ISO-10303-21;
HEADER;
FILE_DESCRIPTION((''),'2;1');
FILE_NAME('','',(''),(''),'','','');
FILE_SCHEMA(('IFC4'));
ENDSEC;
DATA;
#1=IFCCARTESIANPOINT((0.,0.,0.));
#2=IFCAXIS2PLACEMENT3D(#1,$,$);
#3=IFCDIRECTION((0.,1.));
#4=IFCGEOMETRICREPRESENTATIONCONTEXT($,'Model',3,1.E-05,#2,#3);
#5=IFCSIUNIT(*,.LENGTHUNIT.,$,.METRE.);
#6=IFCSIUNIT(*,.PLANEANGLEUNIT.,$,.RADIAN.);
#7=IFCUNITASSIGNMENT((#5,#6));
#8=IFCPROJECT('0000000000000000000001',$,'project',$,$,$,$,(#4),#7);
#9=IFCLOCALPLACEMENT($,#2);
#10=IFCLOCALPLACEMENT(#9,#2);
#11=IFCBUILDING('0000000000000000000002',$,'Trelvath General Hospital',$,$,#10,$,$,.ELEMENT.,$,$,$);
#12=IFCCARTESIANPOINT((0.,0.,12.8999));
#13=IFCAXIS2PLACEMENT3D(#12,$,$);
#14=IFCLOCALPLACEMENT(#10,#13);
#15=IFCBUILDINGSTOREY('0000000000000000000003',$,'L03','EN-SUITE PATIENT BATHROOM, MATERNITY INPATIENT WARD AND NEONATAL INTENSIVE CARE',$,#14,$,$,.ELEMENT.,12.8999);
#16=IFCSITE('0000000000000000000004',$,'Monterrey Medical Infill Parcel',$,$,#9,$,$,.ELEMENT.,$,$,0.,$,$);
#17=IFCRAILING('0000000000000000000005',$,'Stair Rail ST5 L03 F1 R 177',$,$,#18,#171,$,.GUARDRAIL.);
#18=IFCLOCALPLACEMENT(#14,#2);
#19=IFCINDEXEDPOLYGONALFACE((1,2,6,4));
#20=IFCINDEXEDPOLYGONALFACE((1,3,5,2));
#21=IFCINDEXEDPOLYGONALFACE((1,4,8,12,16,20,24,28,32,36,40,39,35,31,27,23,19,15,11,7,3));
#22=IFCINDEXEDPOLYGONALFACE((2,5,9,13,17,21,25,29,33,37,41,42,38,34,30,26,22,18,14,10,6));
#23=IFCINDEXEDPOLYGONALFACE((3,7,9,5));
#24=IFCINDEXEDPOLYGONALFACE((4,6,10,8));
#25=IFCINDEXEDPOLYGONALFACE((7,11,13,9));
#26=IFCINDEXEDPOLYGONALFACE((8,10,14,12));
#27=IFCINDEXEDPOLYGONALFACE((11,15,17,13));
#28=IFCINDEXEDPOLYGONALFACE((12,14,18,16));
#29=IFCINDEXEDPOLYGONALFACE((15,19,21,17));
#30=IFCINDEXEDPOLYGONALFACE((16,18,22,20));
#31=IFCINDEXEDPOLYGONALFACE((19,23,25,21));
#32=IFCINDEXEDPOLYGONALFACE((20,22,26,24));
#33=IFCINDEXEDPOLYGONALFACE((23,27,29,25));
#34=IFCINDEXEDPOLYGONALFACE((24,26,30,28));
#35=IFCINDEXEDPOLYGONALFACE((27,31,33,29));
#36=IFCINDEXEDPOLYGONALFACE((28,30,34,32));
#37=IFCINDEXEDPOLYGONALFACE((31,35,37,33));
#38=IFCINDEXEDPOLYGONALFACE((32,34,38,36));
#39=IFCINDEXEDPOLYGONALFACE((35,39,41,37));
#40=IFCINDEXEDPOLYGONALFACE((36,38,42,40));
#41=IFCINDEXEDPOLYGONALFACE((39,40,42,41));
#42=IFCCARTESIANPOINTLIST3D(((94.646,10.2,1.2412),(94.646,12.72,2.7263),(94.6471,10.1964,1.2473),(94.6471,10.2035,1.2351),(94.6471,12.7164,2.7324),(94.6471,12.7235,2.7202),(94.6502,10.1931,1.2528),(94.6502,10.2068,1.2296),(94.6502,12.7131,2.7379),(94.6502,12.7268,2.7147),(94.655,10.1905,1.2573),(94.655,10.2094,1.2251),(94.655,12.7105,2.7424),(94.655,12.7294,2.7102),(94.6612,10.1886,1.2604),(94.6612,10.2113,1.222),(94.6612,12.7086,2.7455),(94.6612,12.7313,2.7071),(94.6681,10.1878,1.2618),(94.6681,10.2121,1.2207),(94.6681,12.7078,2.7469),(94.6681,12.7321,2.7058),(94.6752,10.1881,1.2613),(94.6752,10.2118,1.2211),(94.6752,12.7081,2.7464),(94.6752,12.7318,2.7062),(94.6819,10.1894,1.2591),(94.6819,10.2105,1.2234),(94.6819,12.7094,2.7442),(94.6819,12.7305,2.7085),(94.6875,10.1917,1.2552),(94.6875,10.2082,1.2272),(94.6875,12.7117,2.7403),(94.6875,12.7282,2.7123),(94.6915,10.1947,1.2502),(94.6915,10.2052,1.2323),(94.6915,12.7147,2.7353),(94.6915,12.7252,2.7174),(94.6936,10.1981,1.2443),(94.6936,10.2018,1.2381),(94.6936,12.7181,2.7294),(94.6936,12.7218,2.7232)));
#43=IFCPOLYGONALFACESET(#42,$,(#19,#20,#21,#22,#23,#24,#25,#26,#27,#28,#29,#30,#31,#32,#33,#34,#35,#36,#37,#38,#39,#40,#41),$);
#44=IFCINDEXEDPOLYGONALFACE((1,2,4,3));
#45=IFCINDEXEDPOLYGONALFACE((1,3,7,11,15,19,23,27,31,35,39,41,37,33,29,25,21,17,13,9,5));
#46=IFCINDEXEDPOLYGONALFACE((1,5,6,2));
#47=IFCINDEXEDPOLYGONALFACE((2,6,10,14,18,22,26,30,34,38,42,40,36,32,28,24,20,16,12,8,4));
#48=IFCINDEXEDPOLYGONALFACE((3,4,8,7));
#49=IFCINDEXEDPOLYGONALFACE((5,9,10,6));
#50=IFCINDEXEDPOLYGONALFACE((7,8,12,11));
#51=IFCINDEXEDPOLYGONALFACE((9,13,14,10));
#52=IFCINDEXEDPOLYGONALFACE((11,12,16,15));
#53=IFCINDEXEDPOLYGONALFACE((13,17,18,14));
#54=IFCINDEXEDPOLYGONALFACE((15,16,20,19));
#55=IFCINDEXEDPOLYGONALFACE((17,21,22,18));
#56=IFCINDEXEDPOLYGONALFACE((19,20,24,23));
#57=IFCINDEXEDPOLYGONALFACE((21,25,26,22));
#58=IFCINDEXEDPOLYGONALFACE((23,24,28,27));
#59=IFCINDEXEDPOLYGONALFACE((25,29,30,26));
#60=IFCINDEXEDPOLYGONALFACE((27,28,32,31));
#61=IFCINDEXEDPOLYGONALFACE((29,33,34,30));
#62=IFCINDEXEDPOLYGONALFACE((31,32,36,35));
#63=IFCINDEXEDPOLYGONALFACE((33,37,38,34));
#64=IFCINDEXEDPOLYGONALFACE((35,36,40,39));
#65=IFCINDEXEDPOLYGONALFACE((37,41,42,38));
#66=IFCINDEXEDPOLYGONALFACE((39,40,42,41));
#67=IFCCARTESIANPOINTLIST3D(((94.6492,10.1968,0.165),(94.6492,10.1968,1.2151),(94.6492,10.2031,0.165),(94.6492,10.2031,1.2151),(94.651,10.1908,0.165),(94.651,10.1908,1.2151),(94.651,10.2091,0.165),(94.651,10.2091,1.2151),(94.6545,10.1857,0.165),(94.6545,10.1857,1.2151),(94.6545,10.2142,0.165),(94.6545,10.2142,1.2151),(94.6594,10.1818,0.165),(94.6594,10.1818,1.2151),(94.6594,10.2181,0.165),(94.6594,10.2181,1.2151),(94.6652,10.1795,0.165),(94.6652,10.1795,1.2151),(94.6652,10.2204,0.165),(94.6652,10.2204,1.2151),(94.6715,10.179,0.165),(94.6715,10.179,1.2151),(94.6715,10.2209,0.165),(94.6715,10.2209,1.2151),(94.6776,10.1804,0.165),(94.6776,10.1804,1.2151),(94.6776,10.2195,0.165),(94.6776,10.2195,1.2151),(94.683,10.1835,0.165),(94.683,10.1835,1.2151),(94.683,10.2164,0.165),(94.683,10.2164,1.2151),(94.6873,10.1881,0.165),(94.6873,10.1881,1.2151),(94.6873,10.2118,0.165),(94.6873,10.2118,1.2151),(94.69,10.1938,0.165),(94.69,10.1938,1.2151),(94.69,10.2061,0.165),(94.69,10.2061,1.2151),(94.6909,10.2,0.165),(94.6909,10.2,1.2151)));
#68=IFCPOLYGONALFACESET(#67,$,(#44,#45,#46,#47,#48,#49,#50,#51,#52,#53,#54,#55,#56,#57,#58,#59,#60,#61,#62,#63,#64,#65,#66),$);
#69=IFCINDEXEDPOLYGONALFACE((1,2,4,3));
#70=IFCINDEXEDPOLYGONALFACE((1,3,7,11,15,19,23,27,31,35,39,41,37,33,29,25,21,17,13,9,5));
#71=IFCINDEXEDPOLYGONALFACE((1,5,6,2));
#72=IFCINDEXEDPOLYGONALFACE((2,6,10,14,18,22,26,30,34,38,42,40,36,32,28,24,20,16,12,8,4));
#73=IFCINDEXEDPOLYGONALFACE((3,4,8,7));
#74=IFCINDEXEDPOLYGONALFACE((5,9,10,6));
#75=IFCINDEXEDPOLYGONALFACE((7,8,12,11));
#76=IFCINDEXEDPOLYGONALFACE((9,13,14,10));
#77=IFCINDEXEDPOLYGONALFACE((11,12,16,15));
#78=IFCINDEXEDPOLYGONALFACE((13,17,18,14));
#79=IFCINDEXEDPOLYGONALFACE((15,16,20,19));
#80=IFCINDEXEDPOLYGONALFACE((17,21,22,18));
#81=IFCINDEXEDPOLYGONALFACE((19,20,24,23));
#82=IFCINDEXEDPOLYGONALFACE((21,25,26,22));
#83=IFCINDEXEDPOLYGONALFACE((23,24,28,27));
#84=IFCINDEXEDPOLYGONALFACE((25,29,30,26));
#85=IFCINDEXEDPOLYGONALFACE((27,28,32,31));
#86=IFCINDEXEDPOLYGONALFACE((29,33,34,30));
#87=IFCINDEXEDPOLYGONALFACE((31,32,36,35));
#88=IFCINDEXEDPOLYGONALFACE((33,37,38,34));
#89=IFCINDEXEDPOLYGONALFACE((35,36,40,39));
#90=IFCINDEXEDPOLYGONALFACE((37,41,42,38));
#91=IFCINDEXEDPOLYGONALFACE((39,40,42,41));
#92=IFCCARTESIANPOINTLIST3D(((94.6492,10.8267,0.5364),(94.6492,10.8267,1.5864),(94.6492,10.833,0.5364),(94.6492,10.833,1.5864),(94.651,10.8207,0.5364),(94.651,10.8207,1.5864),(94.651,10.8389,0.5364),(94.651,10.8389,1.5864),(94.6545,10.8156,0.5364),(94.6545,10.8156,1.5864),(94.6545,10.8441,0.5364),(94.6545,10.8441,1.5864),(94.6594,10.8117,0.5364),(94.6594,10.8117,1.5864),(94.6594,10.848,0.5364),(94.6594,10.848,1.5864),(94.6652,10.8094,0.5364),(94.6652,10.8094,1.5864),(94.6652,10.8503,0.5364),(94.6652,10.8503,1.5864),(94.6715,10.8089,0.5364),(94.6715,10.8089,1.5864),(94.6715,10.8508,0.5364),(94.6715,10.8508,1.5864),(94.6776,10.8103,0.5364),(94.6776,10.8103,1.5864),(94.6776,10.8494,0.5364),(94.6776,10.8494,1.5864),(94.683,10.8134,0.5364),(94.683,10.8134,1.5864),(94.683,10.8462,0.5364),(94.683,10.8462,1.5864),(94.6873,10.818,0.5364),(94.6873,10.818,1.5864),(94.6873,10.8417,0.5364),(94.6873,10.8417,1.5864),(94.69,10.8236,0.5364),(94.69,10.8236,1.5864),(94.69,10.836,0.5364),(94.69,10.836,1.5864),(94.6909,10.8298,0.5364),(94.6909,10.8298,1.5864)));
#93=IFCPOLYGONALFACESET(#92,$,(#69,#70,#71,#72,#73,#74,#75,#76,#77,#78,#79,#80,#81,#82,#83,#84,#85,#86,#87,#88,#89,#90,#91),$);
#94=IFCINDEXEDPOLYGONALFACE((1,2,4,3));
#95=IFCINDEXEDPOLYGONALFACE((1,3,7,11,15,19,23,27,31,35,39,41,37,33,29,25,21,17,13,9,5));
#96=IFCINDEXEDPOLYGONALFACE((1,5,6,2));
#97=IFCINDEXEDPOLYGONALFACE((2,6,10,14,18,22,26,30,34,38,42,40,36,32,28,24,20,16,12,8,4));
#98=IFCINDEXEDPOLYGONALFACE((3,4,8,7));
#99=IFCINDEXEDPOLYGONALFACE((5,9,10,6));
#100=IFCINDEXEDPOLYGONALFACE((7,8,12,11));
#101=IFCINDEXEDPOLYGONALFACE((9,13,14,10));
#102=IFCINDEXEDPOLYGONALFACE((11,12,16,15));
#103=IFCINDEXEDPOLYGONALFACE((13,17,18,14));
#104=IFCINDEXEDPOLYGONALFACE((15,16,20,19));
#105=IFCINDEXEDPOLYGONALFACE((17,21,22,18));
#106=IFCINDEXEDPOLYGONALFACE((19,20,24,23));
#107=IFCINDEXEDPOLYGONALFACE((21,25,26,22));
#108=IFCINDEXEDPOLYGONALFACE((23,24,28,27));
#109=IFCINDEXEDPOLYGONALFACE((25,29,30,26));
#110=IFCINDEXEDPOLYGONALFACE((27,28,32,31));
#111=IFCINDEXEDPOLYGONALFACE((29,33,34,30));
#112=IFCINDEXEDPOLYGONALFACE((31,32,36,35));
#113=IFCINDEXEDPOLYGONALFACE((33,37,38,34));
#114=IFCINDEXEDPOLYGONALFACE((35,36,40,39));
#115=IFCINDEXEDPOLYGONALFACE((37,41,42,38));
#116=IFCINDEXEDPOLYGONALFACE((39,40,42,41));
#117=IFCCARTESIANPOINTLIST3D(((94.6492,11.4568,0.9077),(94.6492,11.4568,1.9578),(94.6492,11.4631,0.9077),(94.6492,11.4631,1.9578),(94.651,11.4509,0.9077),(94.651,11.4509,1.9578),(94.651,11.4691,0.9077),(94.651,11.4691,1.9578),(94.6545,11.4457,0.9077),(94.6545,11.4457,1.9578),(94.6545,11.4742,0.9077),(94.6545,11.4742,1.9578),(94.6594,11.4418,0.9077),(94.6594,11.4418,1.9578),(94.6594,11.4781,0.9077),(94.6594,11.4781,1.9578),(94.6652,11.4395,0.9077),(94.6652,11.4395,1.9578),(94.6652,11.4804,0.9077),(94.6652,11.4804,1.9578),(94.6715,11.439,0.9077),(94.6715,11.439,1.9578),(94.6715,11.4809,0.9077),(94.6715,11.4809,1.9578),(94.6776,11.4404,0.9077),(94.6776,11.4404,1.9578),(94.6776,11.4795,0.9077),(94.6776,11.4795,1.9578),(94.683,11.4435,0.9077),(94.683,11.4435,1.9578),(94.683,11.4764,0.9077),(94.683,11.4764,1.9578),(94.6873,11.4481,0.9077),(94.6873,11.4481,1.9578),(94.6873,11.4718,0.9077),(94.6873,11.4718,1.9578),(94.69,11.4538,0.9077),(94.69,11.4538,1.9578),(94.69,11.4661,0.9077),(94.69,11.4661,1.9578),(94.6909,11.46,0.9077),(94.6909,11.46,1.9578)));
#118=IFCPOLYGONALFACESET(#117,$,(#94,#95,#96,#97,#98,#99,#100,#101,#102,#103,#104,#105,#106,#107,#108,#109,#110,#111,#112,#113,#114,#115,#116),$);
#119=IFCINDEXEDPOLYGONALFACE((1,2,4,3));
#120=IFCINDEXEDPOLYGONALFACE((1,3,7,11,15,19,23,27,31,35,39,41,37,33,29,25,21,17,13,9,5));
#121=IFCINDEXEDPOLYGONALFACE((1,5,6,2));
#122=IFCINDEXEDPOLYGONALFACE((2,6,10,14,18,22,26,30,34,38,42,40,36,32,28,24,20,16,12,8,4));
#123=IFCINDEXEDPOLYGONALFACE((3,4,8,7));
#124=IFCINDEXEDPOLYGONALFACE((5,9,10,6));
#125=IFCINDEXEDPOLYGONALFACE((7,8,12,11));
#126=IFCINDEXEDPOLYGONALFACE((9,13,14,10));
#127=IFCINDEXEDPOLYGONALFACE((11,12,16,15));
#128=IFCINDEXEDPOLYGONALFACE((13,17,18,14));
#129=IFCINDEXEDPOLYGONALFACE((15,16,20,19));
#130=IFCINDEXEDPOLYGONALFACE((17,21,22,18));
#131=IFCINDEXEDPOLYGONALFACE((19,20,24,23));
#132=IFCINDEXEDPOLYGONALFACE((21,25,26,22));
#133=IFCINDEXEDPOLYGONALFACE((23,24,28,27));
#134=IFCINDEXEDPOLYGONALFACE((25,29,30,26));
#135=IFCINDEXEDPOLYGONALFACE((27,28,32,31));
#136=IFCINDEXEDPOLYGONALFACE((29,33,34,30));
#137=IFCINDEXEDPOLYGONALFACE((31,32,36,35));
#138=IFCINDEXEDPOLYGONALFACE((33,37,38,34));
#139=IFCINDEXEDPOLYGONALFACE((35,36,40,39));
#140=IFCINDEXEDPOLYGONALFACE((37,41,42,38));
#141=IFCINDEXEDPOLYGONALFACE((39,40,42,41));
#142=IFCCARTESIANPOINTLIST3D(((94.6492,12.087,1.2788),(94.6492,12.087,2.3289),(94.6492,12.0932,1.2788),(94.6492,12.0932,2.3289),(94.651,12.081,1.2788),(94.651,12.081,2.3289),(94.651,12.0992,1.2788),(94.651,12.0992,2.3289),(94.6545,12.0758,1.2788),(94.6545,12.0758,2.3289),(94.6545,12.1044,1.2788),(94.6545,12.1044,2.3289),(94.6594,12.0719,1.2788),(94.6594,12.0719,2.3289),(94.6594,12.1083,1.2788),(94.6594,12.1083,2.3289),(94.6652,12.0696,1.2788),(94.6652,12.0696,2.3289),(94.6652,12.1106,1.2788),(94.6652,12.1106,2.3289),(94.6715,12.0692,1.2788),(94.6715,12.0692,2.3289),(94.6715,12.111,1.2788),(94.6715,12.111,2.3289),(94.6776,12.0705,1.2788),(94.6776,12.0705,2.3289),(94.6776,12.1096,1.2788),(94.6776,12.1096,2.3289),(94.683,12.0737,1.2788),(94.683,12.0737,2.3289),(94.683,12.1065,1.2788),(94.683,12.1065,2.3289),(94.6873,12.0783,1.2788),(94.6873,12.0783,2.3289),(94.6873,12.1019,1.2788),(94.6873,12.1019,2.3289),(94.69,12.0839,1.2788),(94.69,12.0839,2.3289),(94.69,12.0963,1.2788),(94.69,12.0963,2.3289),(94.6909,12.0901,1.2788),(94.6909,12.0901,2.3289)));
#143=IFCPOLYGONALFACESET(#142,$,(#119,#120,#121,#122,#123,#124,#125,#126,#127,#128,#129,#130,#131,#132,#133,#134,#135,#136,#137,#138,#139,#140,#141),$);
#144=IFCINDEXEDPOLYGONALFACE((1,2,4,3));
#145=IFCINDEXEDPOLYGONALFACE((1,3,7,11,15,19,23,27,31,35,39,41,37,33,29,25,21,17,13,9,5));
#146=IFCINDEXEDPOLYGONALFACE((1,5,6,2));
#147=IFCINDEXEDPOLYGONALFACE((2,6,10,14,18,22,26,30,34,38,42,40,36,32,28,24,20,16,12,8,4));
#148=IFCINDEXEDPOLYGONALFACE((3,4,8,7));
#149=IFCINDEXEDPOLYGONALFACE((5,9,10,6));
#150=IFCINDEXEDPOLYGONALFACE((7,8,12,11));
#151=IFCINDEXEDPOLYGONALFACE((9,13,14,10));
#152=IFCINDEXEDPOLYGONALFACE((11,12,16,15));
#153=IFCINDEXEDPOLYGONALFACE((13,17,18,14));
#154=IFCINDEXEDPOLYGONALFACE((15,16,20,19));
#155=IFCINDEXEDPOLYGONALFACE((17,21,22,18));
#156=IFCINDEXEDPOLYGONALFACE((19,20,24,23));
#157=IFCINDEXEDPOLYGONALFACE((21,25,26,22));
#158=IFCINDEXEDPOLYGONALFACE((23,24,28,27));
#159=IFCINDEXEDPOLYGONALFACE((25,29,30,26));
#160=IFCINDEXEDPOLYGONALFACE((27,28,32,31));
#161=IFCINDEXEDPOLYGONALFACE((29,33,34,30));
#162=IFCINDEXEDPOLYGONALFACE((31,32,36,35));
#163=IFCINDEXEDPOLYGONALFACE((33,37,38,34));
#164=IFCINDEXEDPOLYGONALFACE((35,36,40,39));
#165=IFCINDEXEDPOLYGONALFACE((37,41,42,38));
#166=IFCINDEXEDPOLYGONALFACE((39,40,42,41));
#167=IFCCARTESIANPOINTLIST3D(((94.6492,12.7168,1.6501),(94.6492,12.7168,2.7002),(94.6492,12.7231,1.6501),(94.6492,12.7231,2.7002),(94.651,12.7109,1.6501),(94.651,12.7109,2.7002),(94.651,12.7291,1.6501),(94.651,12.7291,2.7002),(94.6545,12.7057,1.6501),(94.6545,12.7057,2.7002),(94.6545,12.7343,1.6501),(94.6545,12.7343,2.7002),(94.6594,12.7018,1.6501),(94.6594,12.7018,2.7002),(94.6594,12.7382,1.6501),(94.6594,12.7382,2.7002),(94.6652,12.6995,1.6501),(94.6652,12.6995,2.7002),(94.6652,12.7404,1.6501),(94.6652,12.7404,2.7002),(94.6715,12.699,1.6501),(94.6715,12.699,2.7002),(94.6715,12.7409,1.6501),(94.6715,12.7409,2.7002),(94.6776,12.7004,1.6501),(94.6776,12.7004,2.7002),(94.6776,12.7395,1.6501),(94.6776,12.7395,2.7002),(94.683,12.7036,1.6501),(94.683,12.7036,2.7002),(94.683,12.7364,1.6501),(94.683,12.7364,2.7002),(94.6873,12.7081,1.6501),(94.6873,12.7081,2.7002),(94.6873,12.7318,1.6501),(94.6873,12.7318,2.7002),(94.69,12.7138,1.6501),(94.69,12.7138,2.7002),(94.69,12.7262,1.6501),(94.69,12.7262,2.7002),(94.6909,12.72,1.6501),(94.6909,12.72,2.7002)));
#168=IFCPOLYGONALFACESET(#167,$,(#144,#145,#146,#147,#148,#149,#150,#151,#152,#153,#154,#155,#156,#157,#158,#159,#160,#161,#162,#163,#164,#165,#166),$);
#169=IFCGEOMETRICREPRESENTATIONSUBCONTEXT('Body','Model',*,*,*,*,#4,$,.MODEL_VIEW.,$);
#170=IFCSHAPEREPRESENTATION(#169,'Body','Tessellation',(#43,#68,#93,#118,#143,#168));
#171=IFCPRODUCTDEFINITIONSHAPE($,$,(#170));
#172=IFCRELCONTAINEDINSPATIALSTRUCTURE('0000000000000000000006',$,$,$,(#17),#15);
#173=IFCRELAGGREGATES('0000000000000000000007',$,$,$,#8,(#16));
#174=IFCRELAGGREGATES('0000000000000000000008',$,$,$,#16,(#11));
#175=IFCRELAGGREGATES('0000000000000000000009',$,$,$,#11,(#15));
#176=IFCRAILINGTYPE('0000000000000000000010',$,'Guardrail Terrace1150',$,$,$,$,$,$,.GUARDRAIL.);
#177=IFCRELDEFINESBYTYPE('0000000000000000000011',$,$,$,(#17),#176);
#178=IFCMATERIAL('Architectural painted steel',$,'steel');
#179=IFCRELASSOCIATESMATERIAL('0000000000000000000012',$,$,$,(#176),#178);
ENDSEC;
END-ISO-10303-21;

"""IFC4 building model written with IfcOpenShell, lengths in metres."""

from ifc_helpers import new_model, si_unit, direction, frame, origin, origin_2d, place, context, subcontext, project, spatial, circle, extrude, material, type_object, element, save


model = new_model("IFC4")

# Units and contexts
model_context = context("Model", 3, precision=1e-05, world=origin(), true_north=direction((0.0, 1.0)))
body_context = subcontext(model_context, "Body", "Model", "MODEL_VIEW")
ifc_project = project(units=[si_unit("LENGTHUNIT", "METRE"), si_unit("PLANEANGLEUNIT", "RADIAN")], contexts=[model_context])

# Site, building, storey
site_placement = place(None, origin())
site = spatial("IfcSite", under=ifc_project, at=site_placement, Name="Monterrey Medical Infill Parcel", CompositionType="ELEMENT", RefElevation=0.0)
building_placement = place(site_placement, origin())
building = spatial("IfcBuilding", under=site, at=building_placement, Name="Trelvath General Hospital", CompositionType="ELEMENT")
storey_placement = place(building_placement, frame((0.0, 0.0, 12.8999)))
storey = spatial("IfcBuildingStorey", under=building, at=storey_placement, Name="L03", Description="EN-SUITE PATIENT BATHROOM, MATERNITY INPATIENT WARD AND NEONATAL INTENSIVE CARE", CompositionType="ELEMENT", Elevation=12.8999)

# Railing
ifc_material_1 = material(Name="Architectural painted steel", Category="steel")
railing_type_1 = type_object("IfcRailingType", Name="Guardrail Terrace1150", PredefinedType="GUARDRAIL", material=ifc_material_1)
railing_1_placement = place(storey_placement, frame((94.6699, 10.2, 0.165)))
element("IfcRailing", 1, at=railing_1_placement, inside=storey, type_object=railing_type_1, Name="Stair Rail ST5 L03 F1 R 177", PredefinedType="GUARDRAIL", context=body_context, shape_type="SweptSolid", body=[
    extrude(circle(Radius=0.0239, at=origin_2d()), frame((0.0, 0.0, 1.0762), z_axis=(0.0, 0.861524, 0.507717), x_axis=(-1.0, 0.0, 0.0)), (0.0, 0.0, 1.0), 2.925),
    extrude(circle(Radius=0.021, at=origin_2d()), origin(), (0.0, 0.0, 1.0), 1.05),
    extrude(circle(Radius=0.021, at=origin_2d()), frame((0.0, 0.6299, 0.3713)), (0.0, 0.0, 1.0), 1.05),
    extrude(circle(Radius=0.021, at=origin_2d()), frame((0.0, 1.26, 0.7427)), (0.0, 0.0, 1.0), 1.05),
    extrude(circle(Radius=0.021, at=origin_2d()), frame((0.0, 1.8901, 1.1138)), (0.0, 0.0, 1.0), 1.05),
    extrude(circle(Radius=0.021, at=origin_2d()), frame((0.0, 2.52, 1.4851)), (0.0, 0.0, 1.0), 1.05),
])

save(model, "model.ifc")
